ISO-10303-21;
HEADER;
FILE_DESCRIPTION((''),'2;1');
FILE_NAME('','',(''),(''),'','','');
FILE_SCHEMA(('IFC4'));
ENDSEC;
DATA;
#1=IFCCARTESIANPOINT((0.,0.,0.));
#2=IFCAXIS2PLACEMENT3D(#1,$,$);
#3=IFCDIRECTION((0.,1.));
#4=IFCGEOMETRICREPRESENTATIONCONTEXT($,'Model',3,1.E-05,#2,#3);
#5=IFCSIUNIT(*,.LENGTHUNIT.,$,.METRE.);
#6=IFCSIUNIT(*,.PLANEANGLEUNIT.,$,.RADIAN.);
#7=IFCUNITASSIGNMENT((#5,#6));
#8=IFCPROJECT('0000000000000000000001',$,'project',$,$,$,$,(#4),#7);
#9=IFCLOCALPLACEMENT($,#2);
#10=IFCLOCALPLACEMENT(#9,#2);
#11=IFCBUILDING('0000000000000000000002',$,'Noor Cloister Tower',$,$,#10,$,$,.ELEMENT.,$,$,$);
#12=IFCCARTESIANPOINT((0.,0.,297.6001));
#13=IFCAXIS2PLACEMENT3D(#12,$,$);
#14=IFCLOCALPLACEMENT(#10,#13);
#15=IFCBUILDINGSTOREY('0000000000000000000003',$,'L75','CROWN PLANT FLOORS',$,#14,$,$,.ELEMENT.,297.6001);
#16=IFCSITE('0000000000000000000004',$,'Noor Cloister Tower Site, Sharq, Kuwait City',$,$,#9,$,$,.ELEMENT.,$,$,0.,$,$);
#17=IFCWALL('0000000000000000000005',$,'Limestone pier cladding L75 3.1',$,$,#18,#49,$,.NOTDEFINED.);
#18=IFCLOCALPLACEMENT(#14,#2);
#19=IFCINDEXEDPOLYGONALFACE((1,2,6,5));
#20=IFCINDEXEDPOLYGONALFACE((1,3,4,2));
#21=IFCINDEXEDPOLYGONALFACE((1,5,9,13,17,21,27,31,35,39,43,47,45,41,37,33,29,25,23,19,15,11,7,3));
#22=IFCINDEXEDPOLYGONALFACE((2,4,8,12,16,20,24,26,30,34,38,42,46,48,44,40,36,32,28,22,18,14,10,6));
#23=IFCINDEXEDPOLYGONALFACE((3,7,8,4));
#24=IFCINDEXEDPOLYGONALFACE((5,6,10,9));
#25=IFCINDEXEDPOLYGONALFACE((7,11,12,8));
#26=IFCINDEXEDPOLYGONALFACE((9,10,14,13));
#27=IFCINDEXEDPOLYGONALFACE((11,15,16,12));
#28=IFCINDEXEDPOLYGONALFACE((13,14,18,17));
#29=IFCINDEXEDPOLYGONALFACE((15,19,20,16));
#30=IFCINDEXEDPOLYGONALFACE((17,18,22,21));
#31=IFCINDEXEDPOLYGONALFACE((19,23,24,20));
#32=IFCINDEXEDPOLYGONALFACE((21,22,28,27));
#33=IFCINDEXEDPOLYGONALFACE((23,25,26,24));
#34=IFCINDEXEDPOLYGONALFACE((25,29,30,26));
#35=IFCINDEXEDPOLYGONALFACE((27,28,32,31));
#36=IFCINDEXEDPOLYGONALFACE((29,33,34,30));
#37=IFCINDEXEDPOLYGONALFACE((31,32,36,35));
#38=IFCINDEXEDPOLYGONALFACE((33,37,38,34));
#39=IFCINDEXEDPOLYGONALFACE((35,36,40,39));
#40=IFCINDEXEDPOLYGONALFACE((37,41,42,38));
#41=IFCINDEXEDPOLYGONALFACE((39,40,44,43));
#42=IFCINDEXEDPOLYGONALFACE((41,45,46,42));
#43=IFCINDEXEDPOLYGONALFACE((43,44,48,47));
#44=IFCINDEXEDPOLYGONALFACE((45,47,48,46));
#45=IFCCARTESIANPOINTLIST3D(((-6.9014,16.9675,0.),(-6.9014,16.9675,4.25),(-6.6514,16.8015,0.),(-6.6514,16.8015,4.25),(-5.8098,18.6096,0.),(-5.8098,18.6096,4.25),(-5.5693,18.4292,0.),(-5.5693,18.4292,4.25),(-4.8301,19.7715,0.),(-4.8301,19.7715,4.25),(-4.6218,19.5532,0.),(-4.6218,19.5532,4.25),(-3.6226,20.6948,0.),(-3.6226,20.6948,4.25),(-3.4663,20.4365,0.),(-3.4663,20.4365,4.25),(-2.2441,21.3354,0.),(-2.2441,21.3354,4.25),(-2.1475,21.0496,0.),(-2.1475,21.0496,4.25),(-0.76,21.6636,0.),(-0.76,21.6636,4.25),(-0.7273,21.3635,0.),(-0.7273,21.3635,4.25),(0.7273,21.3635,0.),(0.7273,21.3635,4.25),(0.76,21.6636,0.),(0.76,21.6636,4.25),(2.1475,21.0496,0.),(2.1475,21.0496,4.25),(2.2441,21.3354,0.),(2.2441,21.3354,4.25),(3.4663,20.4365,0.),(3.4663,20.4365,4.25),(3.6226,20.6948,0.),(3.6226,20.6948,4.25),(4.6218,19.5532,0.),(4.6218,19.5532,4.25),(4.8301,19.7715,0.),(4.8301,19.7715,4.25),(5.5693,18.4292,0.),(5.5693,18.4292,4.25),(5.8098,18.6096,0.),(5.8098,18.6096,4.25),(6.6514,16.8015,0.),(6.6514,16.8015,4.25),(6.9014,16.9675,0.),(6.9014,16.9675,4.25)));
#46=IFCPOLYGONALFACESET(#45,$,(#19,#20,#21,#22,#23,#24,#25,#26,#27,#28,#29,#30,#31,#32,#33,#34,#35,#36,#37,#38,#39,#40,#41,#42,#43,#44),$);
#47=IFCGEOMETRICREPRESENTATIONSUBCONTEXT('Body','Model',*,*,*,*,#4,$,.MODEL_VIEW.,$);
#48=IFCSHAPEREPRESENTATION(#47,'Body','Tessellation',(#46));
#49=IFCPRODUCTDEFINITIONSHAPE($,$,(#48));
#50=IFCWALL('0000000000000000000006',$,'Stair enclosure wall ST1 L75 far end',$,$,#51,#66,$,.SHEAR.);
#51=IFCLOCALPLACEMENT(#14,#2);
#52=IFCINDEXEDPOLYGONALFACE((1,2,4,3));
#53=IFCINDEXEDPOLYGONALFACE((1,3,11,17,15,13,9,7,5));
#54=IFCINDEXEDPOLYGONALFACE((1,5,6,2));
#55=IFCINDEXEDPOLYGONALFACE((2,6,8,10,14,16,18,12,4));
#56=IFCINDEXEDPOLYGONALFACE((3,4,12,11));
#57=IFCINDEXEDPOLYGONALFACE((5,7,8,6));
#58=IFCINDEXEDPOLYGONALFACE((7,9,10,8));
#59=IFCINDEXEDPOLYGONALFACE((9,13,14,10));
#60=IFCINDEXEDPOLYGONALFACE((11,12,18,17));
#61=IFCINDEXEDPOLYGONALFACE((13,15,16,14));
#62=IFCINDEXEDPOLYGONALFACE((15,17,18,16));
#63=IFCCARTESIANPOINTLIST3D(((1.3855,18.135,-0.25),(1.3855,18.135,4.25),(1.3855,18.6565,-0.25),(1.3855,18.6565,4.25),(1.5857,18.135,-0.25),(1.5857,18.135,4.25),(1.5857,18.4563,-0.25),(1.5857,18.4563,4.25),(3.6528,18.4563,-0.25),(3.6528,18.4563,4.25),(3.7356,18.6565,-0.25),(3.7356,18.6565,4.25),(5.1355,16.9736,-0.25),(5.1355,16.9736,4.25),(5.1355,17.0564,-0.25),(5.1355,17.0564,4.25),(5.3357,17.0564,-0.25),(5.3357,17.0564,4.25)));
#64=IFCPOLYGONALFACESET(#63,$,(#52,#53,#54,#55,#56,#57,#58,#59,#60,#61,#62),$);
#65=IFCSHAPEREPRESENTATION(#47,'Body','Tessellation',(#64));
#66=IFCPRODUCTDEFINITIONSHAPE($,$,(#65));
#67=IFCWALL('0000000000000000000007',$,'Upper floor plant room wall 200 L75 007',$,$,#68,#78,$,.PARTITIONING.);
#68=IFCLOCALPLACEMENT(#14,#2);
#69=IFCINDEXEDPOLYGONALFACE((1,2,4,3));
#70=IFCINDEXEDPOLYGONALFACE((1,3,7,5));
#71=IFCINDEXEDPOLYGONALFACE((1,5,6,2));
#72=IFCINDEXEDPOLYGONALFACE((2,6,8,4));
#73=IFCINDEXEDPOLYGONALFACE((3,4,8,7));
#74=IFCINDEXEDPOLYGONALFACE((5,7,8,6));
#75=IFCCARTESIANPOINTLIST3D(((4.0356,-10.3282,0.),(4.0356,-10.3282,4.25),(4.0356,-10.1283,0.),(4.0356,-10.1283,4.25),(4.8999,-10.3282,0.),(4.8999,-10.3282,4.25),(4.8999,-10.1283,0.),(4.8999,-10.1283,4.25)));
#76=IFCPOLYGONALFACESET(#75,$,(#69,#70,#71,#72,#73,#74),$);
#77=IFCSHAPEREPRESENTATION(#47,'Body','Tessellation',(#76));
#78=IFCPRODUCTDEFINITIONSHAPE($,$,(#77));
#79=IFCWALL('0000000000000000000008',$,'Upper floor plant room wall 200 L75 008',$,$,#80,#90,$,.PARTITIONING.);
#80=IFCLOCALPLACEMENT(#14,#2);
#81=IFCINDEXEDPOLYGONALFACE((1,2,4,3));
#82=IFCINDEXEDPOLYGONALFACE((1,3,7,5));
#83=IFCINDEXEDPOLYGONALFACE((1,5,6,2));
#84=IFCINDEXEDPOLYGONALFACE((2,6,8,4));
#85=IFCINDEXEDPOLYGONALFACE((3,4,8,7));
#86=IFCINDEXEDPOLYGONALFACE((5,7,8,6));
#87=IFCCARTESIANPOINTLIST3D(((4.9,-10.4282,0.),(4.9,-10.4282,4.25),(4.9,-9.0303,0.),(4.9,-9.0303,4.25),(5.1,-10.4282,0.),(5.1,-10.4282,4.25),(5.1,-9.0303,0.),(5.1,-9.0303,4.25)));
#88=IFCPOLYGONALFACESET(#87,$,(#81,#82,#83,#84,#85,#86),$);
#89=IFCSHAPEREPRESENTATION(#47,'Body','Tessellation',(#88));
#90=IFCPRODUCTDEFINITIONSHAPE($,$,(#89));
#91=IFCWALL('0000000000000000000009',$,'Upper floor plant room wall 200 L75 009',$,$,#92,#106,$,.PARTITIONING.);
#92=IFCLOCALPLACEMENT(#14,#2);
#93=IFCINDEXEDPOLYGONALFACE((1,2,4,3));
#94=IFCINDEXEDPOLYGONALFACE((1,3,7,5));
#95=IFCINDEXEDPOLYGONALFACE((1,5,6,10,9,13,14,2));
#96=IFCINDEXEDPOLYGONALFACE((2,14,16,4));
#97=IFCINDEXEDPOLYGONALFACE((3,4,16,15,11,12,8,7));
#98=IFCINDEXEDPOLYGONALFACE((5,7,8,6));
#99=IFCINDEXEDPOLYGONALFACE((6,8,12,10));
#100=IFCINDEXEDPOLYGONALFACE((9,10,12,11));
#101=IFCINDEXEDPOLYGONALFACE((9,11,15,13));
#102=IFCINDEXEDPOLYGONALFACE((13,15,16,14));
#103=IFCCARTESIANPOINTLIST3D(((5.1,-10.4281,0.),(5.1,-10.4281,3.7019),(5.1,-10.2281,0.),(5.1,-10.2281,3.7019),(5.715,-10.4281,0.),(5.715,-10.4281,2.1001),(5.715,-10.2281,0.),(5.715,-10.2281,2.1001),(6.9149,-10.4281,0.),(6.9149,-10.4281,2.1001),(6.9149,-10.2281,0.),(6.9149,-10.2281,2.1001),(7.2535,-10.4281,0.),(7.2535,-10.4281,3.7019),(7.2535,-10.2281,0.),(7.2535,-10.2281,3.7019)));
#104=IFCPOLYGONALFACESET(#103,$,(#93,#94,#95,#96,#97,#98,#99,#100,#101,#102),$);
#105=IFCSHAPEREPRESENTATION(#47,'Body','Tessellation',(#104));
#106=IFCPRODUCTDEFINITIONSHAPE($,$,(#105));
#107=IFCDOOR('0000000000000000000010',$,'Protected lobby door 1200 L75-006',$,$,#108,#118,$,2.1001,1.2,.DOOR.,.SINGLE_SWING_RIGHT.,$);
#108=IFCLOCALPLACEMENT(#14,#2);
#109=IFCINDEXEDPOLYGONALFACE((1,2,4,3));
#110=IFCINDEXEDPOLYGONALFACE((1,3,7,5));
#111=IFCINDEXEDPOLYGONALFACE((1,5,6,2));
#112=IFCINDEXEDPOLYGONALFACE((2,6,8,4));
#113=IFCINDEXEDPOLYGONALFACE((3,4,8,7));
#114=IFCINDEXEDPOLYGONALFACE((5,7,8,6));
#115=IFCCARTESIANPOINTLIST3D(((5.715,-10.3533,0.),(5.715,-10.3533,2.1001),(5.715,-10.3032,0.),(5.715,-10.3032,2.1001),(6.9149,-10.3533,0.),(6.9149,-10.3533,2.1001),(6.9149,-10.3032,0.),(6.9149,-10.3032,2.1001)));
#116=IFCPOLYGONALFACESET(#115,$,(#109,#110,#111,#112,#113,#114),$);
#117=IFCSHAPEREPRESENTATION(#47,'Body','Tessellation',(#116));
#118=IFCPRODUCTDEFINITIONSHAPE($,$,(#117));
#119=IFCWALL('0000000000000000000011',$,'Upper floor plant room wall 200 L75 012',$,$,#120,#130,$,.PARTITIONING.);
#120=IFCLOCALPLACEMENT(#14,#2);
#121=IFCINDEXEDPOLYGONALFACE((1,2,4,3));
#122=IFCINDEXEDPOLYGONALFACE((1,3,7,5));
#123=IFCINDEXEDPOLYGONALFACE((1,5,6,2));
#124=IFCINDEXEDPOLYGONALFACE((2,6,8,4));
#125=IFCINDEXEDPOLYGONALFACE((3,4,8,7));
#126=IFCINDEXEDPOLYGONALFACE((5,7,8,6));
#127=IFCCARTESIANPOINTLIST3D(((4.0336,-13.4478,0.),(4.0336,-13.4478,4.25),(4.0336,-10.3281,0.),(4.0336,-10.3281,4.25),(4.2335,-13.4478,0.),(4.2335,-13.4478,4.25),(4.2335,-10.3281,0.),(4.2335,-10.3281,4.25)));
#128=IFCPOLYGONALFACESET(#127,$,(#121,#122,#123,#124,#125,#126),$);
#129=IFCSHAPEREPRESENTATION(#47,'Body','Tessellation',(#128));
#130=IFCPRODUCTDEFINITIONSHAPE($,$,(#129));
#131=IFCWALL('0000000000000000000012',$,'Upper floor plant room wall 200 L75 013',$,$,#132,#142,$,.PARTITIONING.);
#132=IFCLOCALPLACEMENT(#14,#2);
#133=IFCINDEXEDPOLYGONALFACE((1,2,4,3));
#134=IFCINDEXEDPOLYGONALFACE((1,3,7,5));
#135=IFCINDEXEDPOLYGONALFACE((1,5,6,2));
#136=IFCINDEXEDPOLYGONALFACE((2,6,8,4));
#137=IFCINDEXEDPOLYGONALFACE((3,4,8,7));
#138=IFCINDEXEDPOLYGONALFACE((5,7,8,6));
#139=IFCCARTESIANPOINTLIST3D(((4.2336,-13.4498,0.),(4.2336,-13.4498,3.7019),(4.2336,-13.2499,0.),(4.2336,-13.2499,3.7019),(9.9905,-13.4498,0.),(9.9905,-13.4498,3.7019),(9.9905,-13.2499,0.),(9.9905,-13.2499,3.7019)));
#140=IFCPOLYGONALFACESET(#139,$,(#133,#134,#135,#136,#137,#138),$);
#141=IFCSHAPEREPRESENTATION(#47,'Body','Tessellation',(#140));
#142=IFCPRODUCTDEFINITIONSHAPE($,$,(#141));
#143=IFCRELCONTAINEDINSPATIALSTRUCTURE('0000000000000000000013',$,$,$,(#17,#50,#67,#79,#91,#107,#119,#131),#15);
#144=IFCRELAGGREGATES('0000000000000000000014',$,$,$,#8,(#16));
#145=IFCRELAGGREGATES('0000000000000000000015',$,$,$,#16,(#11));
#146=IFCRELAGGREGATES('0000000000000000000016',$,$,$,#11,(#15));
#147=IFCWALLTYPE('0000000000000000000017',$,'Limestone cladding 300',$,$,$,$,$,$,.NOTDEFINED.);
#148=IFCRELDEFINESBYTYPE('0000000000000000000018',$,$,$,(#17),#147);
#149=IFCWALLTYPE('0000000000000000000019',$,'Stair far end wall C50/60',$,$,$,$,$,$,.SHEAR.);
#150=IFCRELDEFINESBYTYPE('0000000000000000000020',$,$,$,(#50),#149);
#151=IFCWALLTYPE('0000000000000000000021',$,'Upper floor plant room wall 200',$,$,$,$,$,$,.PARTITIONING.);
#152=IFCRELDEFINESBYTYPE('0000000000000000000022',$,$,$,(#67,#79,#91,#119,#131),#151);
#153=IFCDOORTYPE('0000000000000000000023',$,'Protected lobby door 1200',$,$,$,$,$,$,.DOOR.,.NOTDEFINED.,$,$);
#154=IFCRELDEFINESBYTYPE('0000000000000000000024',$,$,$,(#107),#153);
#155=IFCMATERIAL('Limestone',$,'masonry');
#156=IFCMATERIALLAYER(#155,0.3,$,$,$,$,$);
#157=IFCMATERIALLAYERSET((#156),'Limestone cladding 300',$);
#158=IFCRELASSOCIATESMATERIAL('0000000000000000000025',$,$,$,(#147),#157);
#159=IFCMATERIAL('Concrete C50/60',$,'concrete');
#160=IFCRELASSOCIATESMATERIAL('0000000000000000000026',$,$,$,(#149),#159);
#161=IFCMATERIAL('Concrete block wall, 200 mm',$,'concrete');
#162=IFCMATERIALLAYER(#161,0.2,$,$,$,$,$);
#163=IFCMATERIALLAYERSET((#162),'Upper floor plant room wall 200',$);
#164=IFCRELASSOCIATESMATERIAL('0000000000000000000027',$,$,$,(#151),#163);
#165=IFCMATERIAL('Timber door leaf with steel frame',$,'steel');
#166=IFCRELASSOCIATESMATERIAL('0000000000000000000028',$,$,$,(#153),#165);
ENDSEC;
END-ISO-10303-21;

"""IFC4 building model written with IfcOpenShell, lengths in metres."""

from ifc_helpers import new_model, si_unit, direction, frame, frame_2d, origin, place, context, subcontext, project, spatial, polyline, rectangle, outline, extrude, material, layer, layer_set, type_object, element, fill, save


model = new_model("IFC4")

# Units and contexts
model_context = context("Model", 3, precision=1e-05, world=origin(), true_north=direction((0.0, 1.0)))
body_context = subcontext(model_context, "Body", "Model", "MODEL_VIEW")
ifc_project = project(units=[si_unit("LENGTHUNIT", "METRE"), si_unit("PLANEANGLEUNIT", "RADIAN")], contexts=[model_context])

# Site, building, storey
site_placement = place(None, origin())
site = spatial("IfcSite", under=ifc_project, at=site_placement, Name="Noor Cloister Tower Site, Sharq, Kuwait City", CompositionType="ELEMENT", RefElevation=0.0)
building_placement = place(site_placement, origin())
building = spatial("IfcBuilding", under=site, at=building_placement, Name="Noor Cloister Tower", CompositionType="ELEMENT")
storey_placement = place(building_placement, frame((0.0, 0.0, 297.6001)))
storey = spatial("IfcBuildingStorey", under=building, at=storey_placement, Name="L75", Description="CROWN PLANT FLOORS", CompositionType="ELEMENT", Elevation=297.6001)

# Walls
ifc_material_1 = material(Name="Limestone", Category="masonry")
ifc_layer_1 = layer(ifc_material_1, 0.3)
ifc_layer_set_1 = layer_set([ifc_layer_1], Name="Limestone cladding 300")
wall_type_1 = type_object("IfcWallType", Name="Limestone cladding 300", PredefinedType="NOTDEFINED", material=ifc_layer_set_1)
wall_1_placement = place(storey_placement, origin())
element("IfcWall", 1, at=wall_1_placement, inside=storey, type_object=wall_type_1, Name="Limestone pier cladding L75 3.1", PredefinedType="NOTDEFINED", context=body_context, shape_type="SweptSolid", body=[
    extrude(outline(polyline([(6.9014, 16.9675), (5.8098, 18.6096), (4.8301, 19.7715), (3.6226, 20.6948), (2.2441, 21.3354), (0.76, 21.6636), (-0.76, 21.6636), (-2.2441, 21.3354), (-3.6226, 20.6948), (-4.8301, 19.7715), (-5.8098, 18.6096), (-6.9014, 16.9675), (-6.6514, 16.8015), (-5.5693, 18.4292), (-4.6218, 19.5532), (-3.4663, 20.4365), (-2.1475, 21.0496), (-0.7273, 21.3635), (0.7273, 21.3635), (2.1475, 21.0496), (3.4663, 20.4365), (4.6218, 19.5532), (5.5693, 18.4292), (6.6514, 16.8015), (6.9014, 16.9675)])), origin(), (0.0, 0.0, 1.0), 4.25),
])
ifc_material_2 = material(Name="Concrete C50/60", Category="concrete")
wall_type_2 = type_object("IfcWallType", Name="Stair far end wall C50/60", PredefinedType="SHEAR", material=ifc_material_2)
wall_2_placement = place(storey_placement, frame((0.0, 0.0, -0.25)))
element("IfcWall", 2, at=wall_2_placement, inside=storey, type_object=wall_type_2, Name="Stair enclosure wall ST1 L75 far end", PredefinedType="SHEAR", context=body_context, shape_type="SweptSolid", body=[
    extrude(outline(polyline([(5.3357, 17.0564), (3.7356, 18.6565), (1.3855, 18.6565), (1.3855, 18.135), (1.5857, 18.135), (1.5857, 18.4563), (3.6528, 18.4563), (5.1355, 16.9736), (5.1355, 17.0564), (5.1355, 17.0564), (5.1355, 17.0564), (5.1355, 17.0564), (5.1355, 17.0564), (5.1355, 17.0564), (5.1355, 17.0564), (5.1355, 17.0564), (5.1355, 17.0564), (5.1355, 17.0564), (5.1355, 17.0564), (5.1355, 17.0564), (5.1355, 17.0564), (5.1355, 17.0564), (5.1355, 17.0564), (5.1355, 17.0564), (5.1355, 17.0564), (5.3357, 17.0564)])), origin(), (0.0, 0.0, 1.0), 4.5),
])
ifc_material_3 = material(Name="Concrete block wall, 200 mm", Category="concrete")
ifc_layer_2 = layer(ifc_material_3, 0.2)
ifc_layer_set_2 = layer_set([ifc_layer_2], Name="Upper floor plant room wall 200")
wall_type_3 = type_object("IfcWallType", Name="Upper floor plant room wall 200", PredefinedType="PARTITIONING", material=ifc_layer_set_2)
wall_3_placement = place(storey_placement, frame((4.0356, -10.2283, 0.0), z_axis=(0.0, 0.0, 1.0), x_axis=(1.0, 0.0, 0.0)))
element("IfcWall", 3, at=wall_3_placement, inside=storey, type_object=wall_type_3, Name="Upper floor plant room wall 200 L75 007", PredefinedType="PARTITIONING", context=body_context, shape_type="SweptSolid", body=[
    extrude(rectangle(XDim=0.8643, YDim=0.2, at=frame_2d((0.4321, 0.0))), origin(), (0.0, 0.0, 1.0), 4.25),
])
wall_4_placement = place(storey_placement, frame((5.0, -10.4282, 0.0), z_axis=(0.0, 0.0, 1.0), x_axis=(0.0, 1.0, 0.0)))
element("IfcWall", 4, at=wall_4_placement, inside=storey, type_object=wall_type_3, Name="Upper floor plant room wall 200 L75 008", PredefinedType="PARTITIONING", context=body_context, shape_type="SweptSolid", body=[
    extrude(rectangle(XDim=1.3979, YDim=0.2, at=frame_2d((0.699, 0.0))), origin(), (0.0, 0.0, 1.0), 4.25),
])

# Wall, opening, door
wall_5_placement = place(storey_placement, frame((5.1001, -10.3281, 0.0), z_axis=(0.0, 0.0, 1.0), x_axis=(1.0, 0.0, 0.0)))
wall_5 = element("IfcWall", 5, at=wall_5_placement, inside=storey, type_object=wall_type_3, Name="Upper floor plant room wall 200 L75 009", PredefinedType="PARTITIONING", context=body_context, shape_type="SweptSolid", body=[
    extrude(rectangle(XDim=2.1536, YDim=0.2, at=frame_2d((1.0767, 0.0))), origin(), (0.0, 0.0, 1.0), 3.7019),
])
opening_placement = place(wall_5_placement, frame((0.6147, 0.0, 0.0)))
opening = element("IfcOpeningElement", 6, at=opening_placement, cuts=wall_5, PredefinedType="OPENING", context=body_context, shape_type="SweptSolid", body=[
    extrude(rectangle(XDim=1.2, YDim=2.1001, at=frame_2d((0.6001, 1.05))), frame((0.0, 0.1099, 0.0), z_axis=(0.0, -1.0, 0.0), x_axis=(1.0, 0.0, 0.0)), (0.0, 0.0, 1.0), 0.22),
])
ifc_material_4 = material(Name="Timber door leaf with steel frame", Category="steel")
door_type = type_object("IfcDoorType", Name="Protected lobby door 1200", OperationType="NOTDEFINED", PredefinedType="DOOR", material=ifc_material_4)
door_placement = place(opening_placement, origin())
door = element("IfcDoor", 7, at=door_placement, inside=storey, type_object=door_type, Name="Protected lobby door 1200 L75-006", OperationType="SINGLE_SWING_RIGHT", OverallHeight=2.1001, OverallWidth=1.2, PredefinedType="DOOR", context=body_context, shape_type="SweptSolid", body=[
    extrude(rectangle(XDim=1.2, YDim=2.1001, at=frame_2d((0.6001, 1.05))), frame((0.0, 0.0249, 0.0), z_axis=(0.0, -1.0, 0.0), x_axis=(1.0, 0.0, 0.0)), (0.0, 0.0, 1.0), 0.05),
])
fill(opening, door)

# Walls
wall_6_placement = place(storey_placement, frame((4.1335, -10.3281, 0.0), z_axis=(0.0, 0.0, 1.0), x_axis=(0.0, -1.0, 0.0)))
element("IfcWall", 8, at=wall_6_placement, inside=storey, type_object=wall_type_3, Name="Upper floor plant room wall 200 L75 012", PredefinedType="PARTITIONING", context=body_context, shape_type="SweptSolid", body=[
    extrude(rectangle(XDim=3.1196, YDim=0.2, at=frame_2d((1.5598, 0.0))), origin(), (0.0, 0.0, 1.0), 4.25),
])
wall_7_placement = place(storey_placement, frame((4.2336, -13.3499, 0.0), z_axis=(0.0, 0.0, 1.0), x_axis=(1.0, 0.0, 0.0)))
element("IfcWall", 9, at=wall_7_placement, inside=storey, type_object=wall_type_3, Name="Upper floor plant room wall 200 L75 013", PredefinedType="PARTITIONING", context=body_context, shape_type="SweptSolid", body=[
    extrude(rectangle(XDim=5.7568, YDim=0.2, at=frame_2d((2.8784, 0.0))), origin(), (0.0, 0.0, 1.0), 3.7019),
])

save(model, "model.ifc")
